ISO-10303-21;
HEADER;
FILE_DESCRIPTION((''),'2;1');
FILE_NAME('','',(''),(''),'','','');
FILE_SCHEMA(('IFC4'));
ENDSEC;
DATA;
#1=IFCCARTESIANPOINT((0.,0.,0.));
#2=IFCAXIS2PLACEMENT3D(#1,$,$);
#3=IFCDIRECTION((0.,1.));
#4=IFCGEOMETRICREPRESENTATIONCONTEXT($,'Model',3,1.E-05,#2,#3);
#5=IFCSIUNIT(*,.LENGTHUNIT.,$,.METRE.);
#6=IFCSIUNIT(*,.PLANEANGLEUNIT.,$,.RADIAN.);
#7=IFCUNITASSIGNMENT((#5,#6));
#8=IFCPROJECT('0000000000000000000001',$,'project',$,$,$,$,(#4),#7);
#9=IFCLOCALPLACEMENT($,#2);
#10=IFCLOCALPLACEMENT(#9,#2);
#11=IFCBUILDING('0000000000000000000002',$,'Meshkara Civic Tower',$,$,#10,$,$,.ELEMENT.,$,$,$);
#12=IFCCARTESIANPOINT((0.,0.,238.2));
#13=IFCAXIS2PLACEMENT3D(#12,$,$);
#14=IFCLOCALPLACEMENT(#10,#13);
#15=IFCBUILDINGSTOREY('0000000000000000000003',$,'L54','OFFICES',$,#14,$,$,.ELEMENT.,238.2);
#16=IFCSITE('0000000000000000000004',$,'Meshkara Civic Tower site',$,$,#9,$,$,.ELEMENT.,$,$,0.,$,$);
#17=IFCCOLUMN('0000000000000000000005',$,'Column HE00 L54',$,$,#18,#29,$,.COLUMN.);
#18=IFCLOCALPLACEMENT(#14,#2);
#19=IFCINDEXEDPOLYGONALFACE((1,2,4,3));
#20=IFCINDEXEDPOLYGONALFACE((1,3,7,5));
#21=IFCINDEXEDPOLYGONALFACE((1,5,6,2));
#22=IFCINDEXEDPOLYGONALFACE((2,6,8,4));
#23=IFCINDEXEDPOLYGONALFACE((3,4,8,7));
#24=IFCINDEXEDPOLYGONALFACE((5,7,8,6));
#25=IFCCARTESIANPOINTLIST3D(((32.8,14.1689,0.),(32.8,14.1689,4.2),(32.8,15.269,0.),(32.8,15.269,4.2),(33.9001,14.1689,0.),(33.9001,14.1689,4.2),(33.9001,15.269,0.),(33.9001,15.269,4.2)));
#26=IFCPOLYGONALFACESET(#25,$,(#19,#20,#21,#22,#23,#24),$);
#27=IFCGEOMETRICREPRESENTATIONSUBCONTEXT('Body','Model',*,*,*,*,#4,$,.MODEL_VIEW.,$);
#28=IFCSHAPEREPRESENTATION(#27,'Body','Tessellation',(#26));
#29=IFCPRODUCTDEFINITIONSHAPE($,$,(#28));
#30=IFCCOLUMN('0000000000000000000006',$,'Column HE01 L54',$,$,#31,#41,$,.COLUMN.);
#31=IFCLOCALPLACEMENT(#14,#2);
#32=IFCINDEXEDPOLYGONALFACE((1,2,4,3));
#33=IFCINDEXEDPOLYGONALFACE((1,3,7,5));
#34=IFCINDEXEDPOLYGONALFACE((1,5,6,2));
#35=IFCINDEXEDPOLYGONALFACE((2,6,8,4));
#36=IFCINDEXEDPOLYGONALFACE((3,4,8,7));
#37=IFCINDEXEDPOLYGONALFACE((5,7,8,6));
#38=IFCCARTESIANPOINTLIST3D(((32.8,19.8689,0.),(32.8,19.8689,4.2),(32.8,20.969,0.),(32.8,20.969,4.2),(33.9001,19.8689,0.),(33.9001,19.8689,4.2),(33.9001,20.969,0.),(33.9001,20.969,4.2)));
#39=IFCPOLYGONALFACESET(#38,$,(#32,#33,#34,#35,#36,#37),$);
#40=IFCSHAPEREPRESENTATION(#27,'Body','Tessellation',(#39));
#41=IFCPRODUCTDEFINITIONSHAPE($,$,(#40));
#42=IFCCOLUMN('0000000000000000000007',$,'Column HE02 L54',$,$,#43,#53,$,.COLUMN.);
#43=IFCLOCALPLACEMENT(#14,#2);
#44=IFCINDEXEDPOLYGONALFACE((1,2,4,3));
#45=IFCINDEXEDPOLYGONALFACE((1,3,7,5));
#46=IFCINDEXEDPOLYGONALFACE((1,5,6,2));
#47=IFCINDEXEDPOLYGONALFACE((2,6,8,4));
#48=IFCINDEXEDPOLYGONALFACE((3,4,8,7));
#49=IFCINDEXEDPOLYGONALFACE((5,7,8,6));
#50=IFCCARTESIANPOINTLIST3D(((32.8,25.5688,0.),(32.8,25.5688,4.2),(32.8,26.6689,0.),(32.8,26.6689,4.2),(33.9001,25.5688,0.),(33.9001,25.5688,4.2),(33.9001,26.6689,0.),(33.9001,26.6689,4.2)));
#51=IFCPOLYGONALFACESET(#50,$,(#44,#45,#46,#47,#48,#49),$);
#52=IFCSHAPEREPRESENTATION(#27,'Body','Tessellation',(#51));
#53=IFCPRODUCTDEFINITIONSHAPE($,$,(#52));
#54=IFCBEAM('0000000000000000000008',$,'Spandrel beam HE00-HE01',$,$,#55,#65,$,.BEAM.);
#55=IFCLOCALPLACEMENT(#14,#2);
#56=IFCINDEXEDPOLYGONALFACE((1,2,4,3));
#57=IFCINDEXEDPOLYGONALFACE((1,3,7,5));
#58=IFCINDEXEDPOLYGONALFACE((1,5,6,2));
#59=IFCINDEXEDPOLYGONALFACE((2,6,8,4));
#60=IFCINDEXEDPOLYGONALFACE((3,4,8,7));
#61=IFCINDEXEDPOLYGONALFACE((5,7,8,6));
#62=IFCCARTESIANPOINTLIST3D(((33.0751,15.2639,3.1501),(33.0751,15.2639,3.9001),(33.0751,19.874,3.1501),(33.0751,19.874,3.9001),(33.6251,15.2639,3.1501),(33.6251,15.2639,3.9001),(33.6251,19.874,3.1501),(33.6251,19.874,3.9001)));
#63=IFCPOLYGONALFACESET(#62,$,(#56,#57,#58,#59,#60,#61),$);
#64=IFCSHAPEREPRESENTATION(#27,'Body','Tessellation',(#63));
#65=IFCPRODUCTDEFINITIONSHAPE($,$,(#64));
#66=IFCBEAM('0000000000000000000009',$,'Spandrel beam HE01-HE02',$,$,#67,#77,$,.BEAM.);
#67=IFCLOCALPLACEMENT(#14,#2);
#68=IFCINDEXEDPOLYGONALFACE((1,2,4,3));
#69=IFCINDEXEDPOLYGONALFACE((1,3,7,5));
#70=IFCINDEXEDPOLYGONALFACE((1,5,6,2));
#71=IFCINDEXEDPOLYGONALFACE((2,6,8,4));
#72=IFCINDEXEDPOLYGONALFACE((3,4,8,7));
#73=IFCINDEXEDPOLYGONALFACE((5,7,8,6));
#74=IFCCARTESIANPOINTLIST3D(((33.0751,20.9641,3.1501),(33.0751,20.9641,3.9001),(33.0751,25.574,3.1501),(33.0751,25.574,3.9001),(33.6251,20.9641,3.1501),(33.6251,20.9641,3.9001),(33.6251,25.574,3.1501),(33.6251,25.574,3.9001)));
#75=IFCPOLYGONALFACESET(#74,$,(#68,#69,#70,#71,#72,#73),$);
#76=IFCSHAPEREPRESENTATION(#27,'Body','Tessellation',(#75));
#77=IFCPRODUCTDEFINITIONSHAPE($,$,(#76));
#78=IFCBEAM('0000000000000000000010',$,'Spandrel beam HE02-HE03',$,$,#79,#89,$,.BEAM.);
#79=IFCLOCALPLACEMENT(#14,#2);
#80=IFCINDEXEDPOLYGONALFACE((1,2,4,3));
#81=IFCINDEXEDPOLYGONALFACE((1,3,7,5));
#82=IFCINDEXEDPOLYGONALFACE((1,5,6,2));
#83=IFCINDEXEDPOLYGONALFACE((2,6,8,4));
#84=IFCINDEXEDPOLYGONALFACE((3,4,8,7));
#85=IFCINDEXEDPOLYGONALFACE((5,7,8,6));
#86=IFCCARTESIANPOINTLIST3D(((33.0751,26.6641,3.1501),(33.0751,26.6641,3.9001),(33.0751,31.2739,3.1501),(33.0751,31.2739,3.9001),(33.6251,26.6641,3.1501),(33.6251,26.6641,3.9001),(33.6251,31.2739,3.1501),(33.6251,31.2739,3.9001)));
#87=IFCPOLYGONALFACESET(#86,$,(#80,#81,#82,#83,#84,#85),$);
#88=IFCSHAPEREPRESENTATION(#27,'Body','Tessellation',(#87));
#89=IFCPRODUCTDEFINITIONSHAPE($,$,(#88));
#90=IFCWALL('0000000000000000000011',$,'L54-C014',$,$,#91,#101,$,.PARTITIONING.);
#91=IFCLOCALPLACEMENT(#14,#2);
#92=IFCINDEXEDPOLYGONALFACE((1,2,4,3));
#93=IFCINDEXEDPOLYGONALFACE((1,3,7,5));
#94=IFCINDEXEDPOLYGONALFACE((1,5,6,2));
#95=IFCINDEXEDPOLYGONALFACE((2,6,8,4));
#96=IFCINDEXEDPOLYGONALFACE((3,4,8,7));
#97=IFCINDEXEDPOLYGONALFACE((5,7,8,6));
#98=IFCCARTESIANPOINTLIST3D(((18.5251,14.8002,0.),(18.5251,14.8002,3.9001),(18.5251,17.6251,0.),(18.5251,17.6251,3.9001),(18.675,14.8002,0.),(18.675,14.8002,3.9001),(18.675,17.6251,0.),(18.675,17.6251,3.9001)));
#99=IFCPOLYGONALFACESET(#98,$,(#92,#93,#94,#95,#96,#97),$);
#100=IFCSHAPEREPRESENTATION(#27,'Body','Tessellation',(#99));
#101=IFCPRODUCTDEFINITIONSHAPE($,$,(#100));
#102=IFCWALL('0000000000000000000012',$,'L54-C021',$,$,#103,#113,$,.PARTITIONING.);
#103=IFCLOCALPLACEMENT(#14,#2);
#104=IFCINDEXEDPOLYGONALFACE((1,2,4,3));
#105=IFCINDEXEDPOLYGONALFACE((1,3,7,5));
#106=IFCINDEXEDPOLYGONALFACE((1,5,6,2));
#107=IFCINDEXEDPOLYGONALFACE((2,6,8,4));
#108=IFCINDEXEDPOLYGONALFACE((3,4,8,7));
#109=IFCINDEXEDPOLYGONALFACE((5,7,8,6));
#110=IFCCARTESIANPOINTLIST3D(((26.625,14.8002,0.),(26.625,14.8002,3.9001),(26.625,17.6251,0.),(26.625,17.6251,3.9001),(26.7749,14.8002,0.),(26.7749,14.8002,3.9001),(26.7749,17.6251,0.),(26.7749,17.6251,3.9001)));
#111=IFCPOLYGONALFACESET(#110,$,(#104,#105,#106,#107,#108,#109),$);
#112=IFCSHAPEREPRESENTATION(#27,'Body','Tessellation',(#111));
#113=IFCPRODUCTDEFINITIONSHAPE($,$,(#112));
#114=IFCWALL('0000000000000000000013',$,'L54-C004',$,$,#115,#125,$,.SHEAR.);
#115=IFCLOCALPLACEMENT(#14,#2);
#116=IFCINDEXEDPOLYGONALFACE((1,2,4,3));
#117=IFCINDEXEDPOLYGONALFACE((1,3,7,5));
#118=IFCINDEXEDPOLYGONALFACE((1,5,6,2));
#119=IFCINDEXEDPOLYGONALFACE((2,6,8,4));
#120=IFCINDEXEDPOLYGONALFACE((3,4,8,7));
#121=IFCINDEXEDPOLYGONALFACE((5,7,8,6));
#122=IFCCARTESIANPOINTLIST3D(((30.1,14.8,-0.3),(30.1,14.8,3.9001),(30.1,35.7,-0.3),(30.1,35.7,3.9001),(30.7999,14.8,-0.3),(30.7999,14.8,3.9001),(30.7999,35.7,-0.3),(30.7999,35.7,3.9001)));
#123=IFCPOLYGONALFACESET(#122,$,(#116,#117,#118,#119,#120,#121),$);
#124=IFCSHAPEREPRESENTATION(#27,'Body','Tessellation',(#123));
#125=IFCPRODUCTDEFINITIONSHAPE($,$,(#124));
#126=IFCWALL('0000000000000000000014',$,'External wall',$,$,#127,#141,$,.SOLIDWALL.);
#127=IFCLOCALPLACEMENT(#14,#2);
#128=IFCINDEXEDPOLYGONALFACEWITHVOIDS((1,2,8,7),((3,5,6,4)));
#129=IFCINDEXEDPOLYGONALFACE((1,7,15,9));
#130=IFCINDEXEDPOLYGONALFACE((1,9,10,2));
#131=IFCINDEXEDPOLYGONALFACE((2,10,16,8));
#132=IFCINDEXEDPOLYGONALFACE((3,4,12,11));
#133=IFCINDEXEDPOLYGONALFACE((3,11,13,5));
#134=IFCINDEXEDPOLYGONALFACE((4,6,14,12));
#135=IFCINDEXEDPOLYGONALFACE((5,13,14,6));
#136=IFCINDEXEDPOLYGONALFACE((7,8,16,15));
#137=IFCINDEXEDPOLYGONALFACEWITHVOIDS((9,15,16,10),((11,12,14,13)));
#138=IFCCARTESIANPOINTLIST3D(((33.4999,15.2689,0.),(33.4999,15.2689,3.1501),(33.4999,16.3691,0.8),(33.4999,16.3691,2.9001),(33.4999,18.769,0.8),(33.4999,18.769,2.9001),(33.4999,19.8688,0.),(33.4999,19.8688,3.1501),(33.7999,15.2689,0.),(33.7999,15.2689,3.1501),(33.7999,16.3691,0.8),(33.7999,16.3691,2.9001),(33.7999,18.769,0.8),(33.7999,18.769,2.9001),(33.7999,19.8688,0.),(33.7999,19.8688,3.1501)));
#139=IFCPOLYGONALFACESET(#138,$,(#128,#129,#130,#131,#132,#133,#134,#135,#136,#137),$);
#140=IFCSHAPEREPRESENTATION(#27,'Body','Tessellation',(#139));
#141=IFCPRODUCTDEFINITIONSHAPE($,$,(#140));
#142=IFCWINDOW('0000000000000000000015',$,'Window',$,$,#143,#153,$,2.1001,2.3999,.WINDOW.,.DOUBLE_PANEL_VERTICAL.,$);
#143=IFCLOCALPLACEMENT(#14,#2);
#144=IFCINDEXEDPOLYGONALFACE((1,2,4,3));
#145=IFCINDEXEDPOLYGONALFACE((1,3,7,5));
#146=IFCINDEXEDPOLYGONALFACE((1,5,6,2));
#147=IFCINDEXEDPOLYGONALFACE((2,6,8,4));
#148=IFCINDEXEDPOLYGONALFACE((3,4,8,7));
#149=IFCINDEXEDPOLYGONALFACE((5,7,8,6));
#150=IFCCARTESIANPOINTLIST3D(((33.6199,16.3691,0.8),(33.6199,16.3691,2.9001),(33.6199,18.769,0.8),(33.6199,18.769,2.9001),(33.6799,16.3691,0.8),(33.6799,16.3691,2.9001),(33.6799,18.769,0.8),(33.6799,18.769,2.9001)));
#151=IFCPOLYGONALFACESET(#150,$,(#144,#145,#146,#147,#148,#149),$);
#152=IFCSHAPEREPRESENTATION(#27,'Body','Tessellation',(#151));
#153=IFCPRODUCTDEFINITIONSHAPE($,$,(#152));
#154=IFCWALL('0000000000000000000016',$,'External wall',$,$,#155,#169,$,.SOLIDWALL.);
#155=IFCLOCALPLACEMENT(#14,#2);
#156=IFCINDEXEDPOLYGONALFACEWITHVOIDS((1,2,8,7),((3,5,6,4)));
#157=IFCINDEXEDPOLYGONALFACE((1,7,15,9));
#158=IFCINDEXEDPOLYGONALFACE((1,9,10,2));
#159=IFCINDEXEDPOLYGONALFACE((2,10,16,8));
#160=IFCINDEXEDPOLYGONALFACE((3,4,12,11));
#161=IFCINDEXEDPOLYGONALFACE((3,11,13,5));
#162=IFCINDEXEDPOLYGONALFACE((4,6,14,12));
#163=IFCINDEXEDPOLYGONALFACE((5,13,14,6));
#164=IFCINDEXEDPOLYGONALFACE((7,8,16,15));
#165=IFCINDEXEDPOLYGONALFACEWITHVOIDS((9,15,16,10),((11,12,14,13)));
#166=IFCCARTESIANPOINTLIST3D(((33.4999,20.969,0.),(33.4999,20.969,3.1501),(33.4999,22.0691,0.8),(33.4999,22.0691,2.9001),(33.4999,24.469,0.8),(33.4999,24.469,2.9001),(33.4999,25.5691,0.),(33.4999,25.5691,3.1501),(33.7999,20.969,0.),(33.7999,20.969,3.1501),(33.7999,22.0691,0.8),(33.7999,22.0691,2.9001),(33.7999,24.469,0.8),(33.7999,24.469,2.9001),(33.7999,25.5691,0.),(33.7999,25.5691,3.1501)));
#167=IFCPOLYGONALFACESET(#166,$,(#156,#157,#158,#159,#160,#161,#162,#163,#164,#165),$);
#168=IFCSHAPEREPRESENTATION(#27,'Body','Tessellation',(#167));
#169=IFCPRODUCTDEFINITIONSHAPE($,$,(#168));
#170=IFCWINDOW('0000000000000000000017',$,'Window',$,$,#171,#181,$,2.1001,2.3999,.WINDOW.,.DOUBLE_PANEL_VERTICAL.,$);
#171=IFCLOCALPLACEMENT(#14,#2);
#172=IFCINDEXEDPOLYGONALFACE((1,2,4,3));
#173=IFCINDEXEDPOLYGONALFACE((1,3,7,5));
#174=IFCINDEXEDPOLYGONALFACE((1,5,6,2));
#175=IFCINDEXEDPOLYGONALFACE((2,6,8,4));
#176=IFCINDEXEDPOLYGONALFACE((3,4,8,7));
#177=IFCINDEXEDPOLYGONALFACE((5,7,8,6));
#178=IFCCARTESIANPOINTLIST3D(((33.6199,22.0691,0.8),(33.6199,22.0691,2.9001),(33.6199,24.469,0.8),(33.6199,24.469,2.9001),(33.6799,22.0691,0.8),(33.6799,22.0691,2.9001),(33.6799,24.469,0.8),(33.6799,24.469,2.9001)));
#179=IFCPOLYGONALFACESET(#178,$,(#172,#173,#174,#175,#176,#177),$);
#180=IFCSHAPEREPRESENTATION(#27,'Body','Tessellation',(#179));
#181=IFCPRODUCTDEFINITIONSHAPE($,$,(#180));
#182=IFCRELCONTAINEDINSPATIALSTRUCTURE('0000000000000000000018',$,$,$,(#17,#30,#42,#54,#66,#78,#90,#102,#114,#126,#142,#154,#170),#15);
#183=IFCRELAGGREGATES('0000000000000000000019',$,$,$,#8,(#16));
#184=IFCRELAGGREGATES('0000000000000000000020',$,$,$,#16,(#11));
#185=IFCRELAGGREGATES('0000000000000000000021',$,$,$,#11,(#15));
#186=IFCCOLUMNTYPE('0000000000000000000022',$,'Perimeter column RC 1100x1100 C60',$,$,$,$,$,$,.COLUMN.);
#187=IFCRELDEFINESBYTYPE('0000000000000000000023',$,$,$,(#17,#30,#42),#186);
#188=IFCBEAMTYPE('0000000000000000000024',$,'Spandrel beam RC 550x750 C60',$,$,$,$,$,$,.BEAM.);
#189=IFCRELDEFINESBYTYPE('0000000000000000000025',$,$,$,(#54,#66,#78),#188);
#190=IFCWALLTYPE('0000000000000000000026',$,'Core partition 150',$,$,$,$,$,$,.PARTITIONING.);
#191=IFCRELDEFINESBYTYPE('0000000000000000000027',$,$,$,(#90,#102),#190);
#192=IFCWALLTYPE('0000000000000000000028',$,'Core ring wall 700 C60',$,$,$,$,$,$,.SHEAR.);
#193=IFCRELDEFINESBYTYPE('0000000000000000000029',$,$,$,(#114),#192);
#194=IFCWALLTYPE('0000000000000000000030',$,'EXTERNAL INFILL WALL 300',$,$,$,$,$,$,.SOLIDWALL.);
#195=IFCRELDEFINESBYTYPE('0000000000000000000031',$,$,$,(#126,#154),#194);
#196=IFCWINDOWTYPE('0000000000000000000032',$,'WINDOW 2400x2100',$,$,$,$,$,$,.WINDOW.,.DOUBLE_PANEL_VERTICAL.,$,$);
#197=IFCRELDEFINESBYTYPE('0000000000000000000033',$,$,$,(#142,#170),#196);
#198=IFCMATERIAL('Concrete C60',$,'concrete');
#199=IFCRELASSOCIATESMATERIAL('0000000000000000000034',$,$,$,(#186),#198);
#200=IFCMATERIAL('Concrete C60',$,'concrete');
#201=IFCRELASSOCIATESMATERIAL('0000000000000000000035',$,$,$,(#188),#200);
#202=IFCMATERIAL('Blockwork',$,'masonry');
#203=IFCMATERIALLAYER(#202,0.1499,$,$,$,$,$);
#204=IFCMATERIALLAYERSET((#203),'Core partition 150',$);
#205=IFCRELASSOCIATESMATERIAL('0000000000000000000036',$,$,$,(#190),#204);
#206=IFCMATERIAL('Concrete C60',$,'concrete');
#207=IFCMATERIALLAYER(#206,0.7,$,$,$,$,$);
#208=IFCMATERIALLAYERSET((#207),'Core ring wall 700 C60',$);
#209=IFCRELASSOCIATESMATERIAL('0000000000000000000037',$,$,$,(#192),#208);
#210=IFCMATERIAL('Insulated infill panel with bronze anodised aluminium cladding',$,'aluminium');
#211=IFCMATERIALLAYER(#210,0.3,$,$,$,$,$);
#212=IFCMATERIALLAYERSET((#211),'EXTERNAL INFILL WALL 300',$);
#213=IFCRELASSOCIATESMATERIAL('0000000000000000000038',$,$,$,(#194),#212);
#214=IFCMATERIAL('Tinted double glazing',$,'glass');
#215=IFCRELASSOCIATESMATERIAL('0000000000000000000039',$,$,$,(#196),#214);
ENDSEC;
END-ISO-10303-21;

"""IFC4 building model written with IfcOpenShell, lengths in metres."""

from ifc_helpers import new_model, si_unit, direction, frame, frame_2d, origin, origin_2d, place, context, subcontext, project, spatial, rectangle, extrude, material, layer, layer_set, material_profile, profile_set, type_object, element, fill, save


model = new_model("IFC4")

# Units and contexts
model_context = context("Model", 3, precision=1e-05, world=origin(), true_north=direction((0.0, 1.0)))
body_context = subcontext(model_context, "Body", "Model", "MODEL_VIEW")
ifc_project = project(units=[si_unit("LENGTHUNIT", "METRE"), si_unit("PLANEANGLEUNIT", "RADIAN")], contexts=[model_context])

# Site, building, storey
site_placement = place(None, origin())
site = spatial("IfcSite", under=ifc_project, at=site_placement, Name="Meshkara Civic Tower site", CompositionType="ELEMENT", RefElevation=0.0)
building_placement = place(site_placement, origin())
building = spatial("IfcBuilding", under=site, at=building_placement, Name="Meshkara Civic Tower", CompositionType="ELEMENT")
storey_placement = place(building_placement, frame((0.0, 0.0, 238.2)))
storey = spatial("IfcBuildingStorey", under=building, at=storey_placement, Name="L54", Description="OFFICES", CompositionType="ELEMENT", Elevation=238.2)

# Columns
ifc_material_1 = material(Name="Concrete C60", Category="concrete")
ifc_material_profile_1 = material_profile(ifc_material_1, rectangle(XDim=1.1001, YDim=1.1001, at=origin_2d()))
ifc_profile_set_1 = profile_set([ifc_material_profile_1], Name="Concrete C60")
column_type = type_object("IfcColumnType", Name="Perimeter column RC 1100x1100 C60", PredefinedType="COLUMN", material=ifc_profile_set_1)
for number, where, z_axis, x_axis, name in (
    (1, (33.3501, 14.719, 0.0), (0.0, 0.0, 1.0), (1.0, 0.0, 0.0), "Column HE00 L54"),
    (2, (33.3501, 20.4189, 0.0), (0.0, 0.0, 1.0), (1.0, 0.0, 0.0), "Column HE01 L54"),
    (3, (33.3501, 26.1189, 0.0), (0.0, 0.0, 1.0), (1.0, 0.0, 0.0), "Column HE02 L54"),
):
    element("IfcColumn", number, at=place(storey_placement, frame(where, z_axis=z_axis, x_axis=x_axis)), inside=storey, type_object=column_type, Name=name, PredefinedType="COLUMN", context=body_context, shape_type="SweptSolid", body=[
        extrude(rectangle(XDim=1.1001, YDim=1.1001, at=origin_2d()), origin(), (0.0, 0.0, 1.0), 4.2),
    ])

# Beams
ifc_material_2 = material(Name="Concrete C60", Category="concrete")
ifc_material_profile_2 = material_profile(ifc_material_2, rectangle(XDim=0.55, YDim=0.75, at=origin_2d()))
ifc_profile_set_2 = profile_set([ifc_material_profile_2], Name="Concrete C60")
beam_type = type_object("IfcBeamType", Name="Spandrel beam RC 550x750 C60", PredefinedType="BEAM", material=ifc_profile_set_2)
beam_placement = place(storey_placement, frame((33.3501, 15.2639, 3.5251), z_axis=(0.0, 1.0, 0.0), x_axis=(-1.0, 0.0, 0.0)))
element("IfcBeam", 4, at=beam_placement, inside=storey, type_object=beam_type, Name="Spandrel beam HE00-HE01", PredefinedType="BEAM", context=body_context, shape_type="SweptSolid", body=[
    extrude(rectangle(XDim=0.55, YDim=0.75, at=origin_2d()), origin(), (0.0, 0.0, 1.0), 4.6101),
])
for number, where, z_axis, x_axis, name in (
    (5, (33.3501, 20.9641, 3.5251), (0.0, 1.0, 0.0), (-1.0, 0.0, 0.0), "Spandrel beam HE01-HE02"),
    (6, (33.3501, 26.6641, 3.5251), (0.0, 1.0, 0.0), (-1.0, 0.0, 0.0), "Spandrel beam HE02-HE03"),
):
    element("IfcBeam", number, at=place(storey_placement, frame(where, z_axis=z_axis, x_axis=x_axis)), inside=storey, type_object=beam_type, Name=name, PredefinedType="BEAM", context=body_context, shape_type="SweptSolid", body=[
        extrude(rectangle(XDim=0.55, YDim=0.75, at=origin_2d()), origin(), (0.0, 0.0, 1.0), 4.6099),
    ])

# Walls
ifc_material_3 = material(Name="Blockwork", Category="masonry")
ifc_layer_1 = layer(ifc_material_3, 0.1499)
ifc_layer_set_1 = layer_set([ifc_layer_1], Name="Core partition 150")
wall_type_1 = type_object("IfcWallType", Name="Core partition 150", PredefinedType="PARTITIONING", material=ifc_layer_set_1)
for number, where, z_axis, x_axis, name in (
    (7, (18.6001, 14.8, 0.0), (0.0, 0.0, 1.0), (0.0, 1.0, 0.0), "L54-C014"),
    (8, (26.7, 14.8, 0.0), (0.0, 0.0, 1.0), (0.0, 1.0, 0.0), "L54-C021"),
):
    element("IfcWall", number, at=place(storey_placement, frame(where, z_axis=z_axis, x_axis=x_axis)), inside=storey, type_object=wall_type_1, Name=name, PredefinedType="PARTITIONING", context=body_context, shape_type="SweptSolid", body=[
        extrude(rectangle(XDim=2.825, YDim=0.1499, at=frame_2d((1.4126, 0.0))), origin(), (0.0, 0.0, 1.0), 3.9001),
    ])
ifc_material_4 = material(Name="Concrete C60", Category="concrete")
ifc_layer_2 = layer(ifc_material_4, 0.7)
ifc_layer_set_2 = layer_set([ifc_layer_2], Name="Core ring wall 700 C60")
wall_type_2 = type_object("IfcWallType", Name="Core ring wall 700 C60", PredefinedType="SHEAR", material=ifc_layer_set_2)
wall_1_placement = place(storey_placement, frame((30.45, 14.8, -0.3), z_axis=(0.0, 0.0, 1.0), x_axis=(0.0, 1.0, 0.0)))
element("IfcWall", 9, at=wall_1_placement, inside=storey, type_object=wall_type_2, Name="L54-C004", PredefinedType="SHEAR", context=body_context, shape_type="SweptSolid", body=[
    extrude(rectangle(XDim=20.8999, YDim=0.7, at=frame_2d((10.45, 0.0))), origin(), (0.0, 0.0, 1.0), 4.2002),
])

# Walls, openings, windows
ifc_material_5 = material(Name="Insulated infill panel with bronze anodised aluminium cladding", Category="aluminium")
ifc_layer_3 = layer(ifc_material_5, 0.3)
ifc_layer_set_3 = layer_set([ifc_layer_3], Name="EXTERNAL INFILL WALL 300")
wall_type_3 = type_object("IfcWallType", Name="EXTERNAL INFILL WALL 300", PredefinedType="SOLIDWALL", material=ifc_layer_set_3)
wall_2_placement = place(storey_placement, frame((33.6499, 15.269, 0.0), z_axis=(0.0, 0.0, 1.0), x_axis=(0.0, 1.0, 0.0)))
wall_2 = element("IfcWall", 10, at=wall_2_placement, inside=storey, type_object=wall_type_3, Name="External wall", PredefinedType="SOLIDWALL", context=body_context, shape_type="SweptSolid", body=[
    extrude(rectangle(XDim=4.5999, YDim=0.3, at=frame_2d((2.2998, 0.0))), origin(), (0.0, 0.0, 1.0), 3.1501),
])
opening_1_placement = place(wall_2_placement, frame((1.1001, 0.0, 0.8)))
opening_1 = element("IfcOpeningElement", 11, at=opening_1_placement, cuts=wall_2, PredefinedType="OPENING", context=body_context, shape_type="SweptSolid", body=[
    extrude(rectangle(XDim=2.3999, YDim=2.1001, at=frame_2d((1.2, 1.05))), frame((0.0, 0.1599, 0.0), z_axis=(0.0, -1.0, 0.0), x_axis=(1.0, 0.0, 0.0)), (0.0, 0.0, 1.0), 0.3201),
])
ifc_material_6 = material(Name="Tinted double glazing", Category="glass")
window_type = type_object("IfcWindowType", Name="WINDOW 2400x2100", PartitioningType="DOUBLE_PANEL_VERTICAL", PredefinedType="WINDOW", material=ifc_material_6)
window_1_placement = place(opening_1_placement, origin())
window_1 = element("IfcWindow", 12, at=window_1_placement, inside=storey, type_object=window_type, Name="Window", OverallHeight=2.1001, OverallWidth=2.3999, PartitioningType="DOUBLE_PANEL_VERTICAL", PredefinedType="WINDOW", context=body_context, shape_type="SweptSolid", body=[
    extrude(rectangle(XDim=2.3999, YDim=2.1001, at=frame_2d((1.2, 1.05))), frame((0.0, 0.03, 0.0), z_axis=(0.0, -1.0, 0.0), x_axis=(1.0, 0.0, 0.0)), (0.0, 0.0, 1.0), 0.0601),
])
fill(opening_1, window_1)
wall_3_placement = place(storey_placement, frame((33.6499, 20.969, 0.0), z_axis=(0.0, 0.0, 1.0), x_axis=(0.0, 1.0, 0.0)))
wall_3 = element("IfcWall", 13, at=wall_3_placement, inside=storey, type_object=wall_type_3, Name="External wall", PredefinedType="SOLIDWALL", context=body_context, shape_type="SweptSolid", body=[
    extrude(rectangle(XDim=4.6001, YDim=0.3, at=frame_2d((2.3, 0.0))), origin(), (0.0, 0.0, 1.0), 3.1501),
])
opening_2_placement = place(wall_3_placement, frame((1.1001, 0.0, 0.8)))
opening_2 = element("IfcOpeningElement", 14, at=opening_2_placement, cuts=wall_3, PredefinedType="OPENING", context=body_context, shape_type="SweptSolid", body=[
    extrude(rectangle(XDim=2.3999, YDim=2.1001, at=frame_2d((1.2, 1.05))), frame((0.0, 0.1599, 0.0), z_axis=(0.0, -1.0, 0.0), x_axis=(1.0, 0.0, 0.0)), (0.0, 0.0, 1.0), 0.3201),
])
window_2_placement = place(opening_2_placement, origin())
window_2 = element("IfcWindow", 15, at=window_2_placement, inside=storey, type_object=window_type, Name="Window", OverallHeight=2.1001, OverallWidth=2.3999, PartitioningType="DOUBLE_PANEL_VERTICAL", PredefinedType="WINDOW", context=body_context, shape_type="SweptSolid", body=[
    extrude(rectangle(XDim=2.3999, YDim=2.1001, at=frame_2d((1.2, 1.05))), frame((0.0, 0.03, 0.0), z_axis=(0.0, -1.0, 0.0), x_axis=(1.0, 0.0, 0.0)), (0.0, 0.0, 1.0), 0.0601),
])
fill(opening_2, window_2)

save(model, "model.ifc")
